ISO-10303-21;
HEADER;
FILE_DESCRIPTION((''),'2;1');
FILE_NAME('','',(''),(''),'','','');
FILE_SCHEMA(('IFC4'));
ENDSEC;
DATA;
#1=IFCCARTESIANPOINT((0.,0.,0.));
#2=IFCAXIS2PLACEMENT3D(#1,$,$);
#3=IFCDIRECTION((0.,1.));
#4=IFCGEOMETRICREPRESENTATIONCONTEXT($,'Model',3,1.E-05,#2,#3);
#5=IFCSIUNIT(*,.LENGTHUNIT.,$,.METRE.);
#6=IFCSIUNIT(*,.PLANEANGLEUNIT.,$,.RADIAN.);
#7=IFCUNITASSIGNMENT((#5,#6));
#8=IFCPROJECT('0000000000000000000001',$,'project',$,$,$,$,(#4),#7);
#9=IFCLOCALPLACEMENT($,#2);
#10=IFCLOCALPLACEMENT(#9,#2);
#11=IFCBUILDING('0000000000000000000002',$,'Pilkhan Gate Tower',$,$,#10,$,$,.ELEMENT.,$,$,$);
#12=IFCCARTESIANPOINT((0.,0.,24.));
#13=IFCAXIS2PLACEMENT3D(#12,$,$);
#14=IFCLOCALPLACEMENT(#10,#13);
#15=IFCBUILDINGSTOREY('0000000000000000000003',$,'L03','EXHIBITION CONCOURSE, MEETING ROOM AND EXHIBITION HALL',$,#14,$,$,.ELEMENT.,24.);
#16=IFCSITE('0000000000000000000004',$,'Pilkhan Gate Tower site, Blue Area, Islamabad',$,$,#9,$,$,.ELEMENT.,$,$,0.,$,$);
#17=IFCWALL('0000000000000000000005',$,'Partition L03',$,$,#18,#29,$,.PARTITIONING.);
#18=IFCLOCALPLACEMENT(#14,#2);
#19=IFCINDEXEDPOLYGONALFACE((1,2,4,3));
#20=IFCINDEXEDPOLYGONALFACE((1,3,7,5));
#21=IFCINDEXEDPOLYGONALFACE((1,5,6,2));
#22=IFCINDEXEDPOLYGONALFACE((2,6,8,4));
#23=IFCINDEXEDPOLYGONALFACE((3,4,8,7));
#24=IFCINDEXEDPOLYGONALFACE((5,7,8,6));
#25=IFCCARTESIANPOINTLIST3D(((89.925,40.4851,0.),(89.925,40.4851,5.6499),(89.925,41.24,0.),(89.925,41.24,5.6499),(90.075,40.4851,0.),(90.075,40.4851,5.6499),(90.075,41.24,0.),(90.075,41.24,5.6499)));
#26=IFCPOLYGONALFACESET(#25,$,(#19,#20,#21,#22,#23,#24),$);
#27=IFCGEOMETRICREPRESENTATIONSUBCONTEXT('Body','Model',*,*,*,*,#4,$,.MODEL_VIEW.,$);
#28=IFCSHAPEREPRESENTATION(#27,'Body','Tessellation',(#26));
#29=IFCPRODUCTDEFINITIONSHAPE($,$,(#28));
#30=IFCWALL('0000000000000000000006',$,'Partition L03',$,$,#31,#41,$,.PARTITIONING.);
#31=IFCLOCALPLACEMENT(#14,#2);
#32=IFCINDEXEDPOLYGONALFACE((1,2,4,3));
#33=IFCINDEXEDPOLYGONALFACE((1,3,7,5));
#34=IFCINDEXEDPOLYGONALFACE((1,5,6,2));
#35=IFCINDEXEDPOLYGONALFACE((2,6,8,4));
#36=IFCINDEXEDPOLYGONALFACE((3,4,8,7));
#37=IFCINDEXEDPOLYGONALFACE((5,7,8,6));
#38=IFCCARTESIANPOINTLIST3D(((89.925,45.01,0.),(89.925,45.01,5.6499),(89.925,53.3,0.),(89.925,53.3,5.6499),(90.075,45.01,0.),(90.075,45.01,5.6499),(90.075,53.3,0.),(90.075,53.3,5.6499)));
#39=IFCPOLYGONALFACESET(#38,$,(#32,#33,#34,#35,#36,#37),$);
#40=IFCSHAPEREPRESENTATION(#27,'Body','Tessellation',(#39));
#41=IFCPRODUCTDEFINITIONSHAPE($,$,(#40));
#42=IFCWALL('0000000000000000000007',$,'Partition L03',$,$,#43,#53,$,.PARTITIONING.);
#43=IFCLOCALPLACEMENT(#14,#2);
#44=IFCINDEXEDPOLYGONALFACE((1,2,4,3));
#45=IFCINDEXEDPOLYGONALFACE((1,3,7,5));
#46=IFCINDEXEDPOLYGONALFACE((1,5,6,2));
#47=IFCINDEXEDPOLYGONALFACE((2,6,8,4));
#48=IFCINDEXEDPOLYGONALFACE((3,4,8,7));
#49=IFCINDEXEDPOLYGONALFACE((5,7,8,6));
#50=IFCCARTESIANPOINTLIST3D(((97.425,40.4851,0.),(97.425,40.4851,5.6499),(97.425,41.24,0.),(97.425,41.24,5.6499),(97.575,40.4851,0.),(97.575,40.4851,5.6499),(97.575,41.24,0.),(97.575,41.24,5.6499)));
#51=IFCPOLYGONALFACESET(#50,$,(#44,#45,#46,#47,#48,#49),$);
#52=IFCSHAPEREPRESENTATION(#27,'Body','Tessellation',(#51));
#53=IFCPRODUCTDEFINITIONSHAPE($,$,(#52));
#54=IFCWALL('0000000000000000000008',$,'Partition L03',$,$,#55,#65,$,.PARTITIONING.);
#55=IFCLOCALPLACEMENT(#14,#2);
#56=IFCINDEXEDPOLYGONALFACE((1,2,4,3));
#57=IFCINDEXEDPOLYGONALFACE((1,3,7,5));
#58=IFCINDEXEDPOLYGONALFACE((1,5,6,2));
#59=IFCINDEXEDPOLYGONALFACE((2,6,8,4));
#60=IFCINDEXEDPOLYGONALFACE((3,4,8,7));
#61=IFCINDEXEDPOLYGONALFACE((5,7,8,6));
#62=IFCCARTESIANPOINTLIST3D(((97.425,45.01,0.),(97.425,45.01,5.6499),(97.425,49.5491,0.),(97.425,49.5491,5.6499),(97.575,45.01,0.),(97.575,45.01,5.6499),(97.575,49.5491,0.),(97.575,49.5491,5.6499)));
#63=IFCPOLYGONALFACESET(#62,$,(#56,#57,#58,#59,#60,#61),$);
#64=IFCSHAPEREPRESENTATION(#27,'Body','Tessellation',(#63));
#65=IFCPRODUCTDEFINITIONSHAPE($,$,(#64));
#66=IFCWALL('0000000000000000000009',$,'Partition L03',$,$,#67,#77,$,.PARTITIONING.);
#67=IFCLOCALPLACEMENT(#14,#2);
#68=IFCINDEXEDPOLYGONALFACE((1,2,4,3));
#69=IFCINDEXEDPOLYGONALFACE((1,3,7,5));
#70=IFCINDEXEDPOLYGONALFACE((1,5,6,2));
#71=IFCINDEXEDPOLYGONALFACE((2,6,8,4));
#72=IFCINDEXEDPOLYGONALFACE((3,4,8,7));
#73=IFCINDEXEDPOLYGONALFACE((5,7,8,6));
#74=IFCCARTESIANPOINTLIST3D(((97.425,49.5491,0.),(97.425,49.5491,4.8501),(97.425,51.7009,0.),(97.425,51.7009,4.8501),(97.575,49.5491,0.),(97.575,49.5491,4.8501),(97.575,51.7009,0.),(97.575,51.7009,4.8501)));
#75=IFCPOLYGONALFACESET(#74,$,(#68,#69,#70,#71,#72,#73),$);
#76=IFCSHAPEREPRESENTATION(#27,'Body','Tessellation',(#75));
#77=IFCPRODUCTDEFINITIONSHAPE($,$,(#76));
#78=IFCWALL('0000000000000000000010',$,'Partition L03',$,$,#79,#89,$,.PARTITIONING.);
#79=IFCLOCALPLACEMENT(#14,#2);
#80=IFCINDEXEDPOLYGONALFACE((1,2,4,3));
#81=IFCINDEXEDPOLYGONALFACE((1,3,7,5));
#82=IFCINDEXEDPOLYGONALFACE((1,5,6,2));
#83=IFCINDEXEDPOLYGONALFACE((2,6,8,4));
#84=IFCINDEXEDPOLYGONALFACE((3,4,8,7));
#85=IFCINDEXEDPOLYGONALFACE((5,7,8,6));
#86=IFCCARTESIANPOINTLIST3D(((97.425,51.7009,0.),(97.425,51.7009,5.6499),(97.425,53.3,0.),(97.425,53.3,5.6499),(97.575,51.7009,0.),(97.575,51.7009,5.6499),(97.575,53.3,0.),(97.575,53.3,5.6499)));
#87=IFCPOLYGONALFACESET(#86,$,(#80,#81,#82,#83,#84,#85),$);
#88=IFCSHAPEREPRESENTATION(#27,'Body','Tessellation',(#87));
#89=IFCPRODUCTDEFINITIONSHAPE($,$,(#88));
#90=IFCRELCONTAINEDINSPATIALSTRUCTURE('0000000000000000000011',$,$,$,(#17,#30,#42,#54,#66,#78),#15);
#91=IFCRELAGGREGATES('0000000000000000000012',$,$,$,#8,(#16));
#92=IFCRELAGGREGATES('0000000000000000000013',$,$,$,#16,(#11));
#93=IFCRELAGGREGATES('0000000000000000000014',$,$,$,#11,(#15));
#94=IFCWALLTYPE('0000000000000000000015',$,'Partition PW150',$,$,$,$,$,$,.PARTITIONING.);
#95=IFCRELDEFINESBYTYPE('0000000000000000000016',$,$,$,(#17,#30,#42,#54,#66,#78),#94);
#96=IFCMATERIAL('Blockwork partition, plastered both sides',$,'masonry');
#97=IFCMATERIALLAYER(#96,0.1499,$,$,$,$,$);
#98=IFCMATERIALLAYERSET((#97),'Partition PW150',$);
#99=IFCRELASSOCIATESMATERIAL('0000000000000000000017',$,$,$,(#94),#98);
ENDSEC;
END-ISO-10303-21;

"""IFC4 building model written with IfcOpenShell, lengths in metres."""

from ifc_helpers import new_model, si_unit, direction, frame, frame_2d, origin, place, context, subcontext, project, spatial, rectangle, extrude, material, layer, layer_set, type_object, element, save


model = new_model("IFC4")

# Units and contexts
model_context = context("Model", 3, precision=1e-05, world=origin(), true_north=direction((0.0, 1.0)))
body_context = subcontext(model_context, "Body", "Model", "MODEL_VIEW")
ifc_project = project(units=[si_unit("LENGTHUNIT", "METRE"), si_unit("PLANEANGLEUNIT", "RADIAN")], contexts=[model_context])

# Site, building, storey
site_placement = place(None, origin())
site = spatial("IfcSite", under=ifc_project, at=site_placement, Name="Pilkhan Gate Tower site, Blue Area, Islamabad", CompositionType="ELEMENT", RefElevation=0.0)
building_placement = place(site_placement, origin())
building = spatial("IfcBuilding", under=site, at=building_placement, Name="Pilkhan Gate Tower", CompositionType="ELEMENT")
storey_placement = place(building_placement, frame((0.0, 0.0, 24.0)))
storey = spatial("IfcBuildingStorey", under=building, at=storey_placement, Name="L03", Description="EXHIBITION CONCOURSE, MEETING ROOM AND EXHIBITION HALL", CompositionType="ELEMENT", Elevation=24.0)

# Shared definitions
ifc_material_1 = material(Name="Blockwork partition, plastered both sides", Category="masonry")
ifc_layer_1 = layer(ifc_material_1, 0.1499)
ifc_layer_set_1 = layer_set([ifc_layer_1], Name="Partition PW150")
wall_type_1 = type_object("IfcWallType", Name="Partition PW150", PredefinedType="PARTITIONING", material=ifc_layer_set_1)

# Walls
wall_1_placement = place(storey_placement, frame((90.0, 40.4851, 0.0), z_axis=(0.0, 0.0, 1.0), x_axis=(0.0, 1.0, 0.0)))
element("IfcWall", 1, at=wall_1_placement, inside=storey, type_object=wall_type_1, Name="Partition L03", PredefinedType="PARTITIONING", context=body_context, shape_type="SweptSolid", body=[
    extrude(rectangle(XDim=0.7549, YDim=0.1499, at=frame_2d((0.3774, 0.0))), origin(), (0.0, 0.0, 1.0), 5.6499),
])
wall_2_placement = place(storey_placement, frame((90.0, 45.01, 0.0), z_axis=(0.0, 0.0, 1.0), x_axis=(0.0, 1.0, 0.0)))
element("IfcWall", 2, at=wall_2_placement, inside=storey, type_object=wall_type_1, Name="Partition L03", PredefinedType="PARTITIONING", context=body_context, shape_type="SweptSolid", body=[
    extrude(rectangle(XDim=8.29, YDim=0.1499, at=frame_2d((4.145, 0.0))), origin(), (0.0, 0.0, 1.0), 5.6499),
])
wall_3_placement = place(storey_placement, frame((97.5, 40.4851, 0.0), z_axis=(0.0, 0.0, 1.0), x_axis=(0.0, 1.0, 0.0)))
element("IfcWall", 3, at=wall_3_placement, inside=storey, type_object=wall_type_1, Name="Partition L03", PredefinedType="PARTITIONING", context=body_context, shape_type="SweptSolid", body=[
    extrude(rectangle(XDim=0.7549, YDim=0.1499, at=frame_2d((0.3774, 0.0))), origin(), (0.0, 0.0, 1.0), 5.6499),
])
wall_4_placement = place(storey_placement, frame((97.5, 45.01, 0.0), z_axis=(0.0, 0.0, 1.0), x_axis=(0.0, 1.0, 0.0)))
element("IfcWall", 4, at=wall_4_placement, inside=storey, type_object=wall_type_1, Name="Partition L03", PredefinedType="PARTITIONING", context=body_context, shape_type="SweptSolid", body=[
    extrude(rectangle(XDim=4.5391, YDim=0.1499, at=frame_2d((2.2695, 0.0))), origin(), (0.0, 0.0, 1.0), 5.6499),
])
wall_5_placement = place(storey_placement, frame((97.5, 49.5491, 0.0), z_axis=(0.0, 0.0, 1.0), x_axis=(0.0, 1.0, 0.0)))
element("IfcWall", 5, at=wall_5_placement, inside=storey, type_object=wall_type_1, Name="Partition L03", PredefinedType="PARTITIONING", context=body_context, shape_type="SweptSolid", body=[
    extrude(rectangle(XDim=2.1519, YDim=0.1499, at=frame_2d((1.0759, 0.0))), origin(), (0.0, 0.0, 1.0), 4.8501),
])
wall_6_placement = place(storey_placement, frame((97.5, 51.7009, 0.0), z_axis=(0.0, 0.0, 1.0), x_axis=(0.0, 1.0, 0.0)))
element("IfcWall", 6, at=wall_6_placement, inside=storey, type_object=wall_type_1, Name="Partition L03", PredefinedType="PARTITIONING", context=body_context, shape_type="SweptSolid", body=[
    extrude(rectangle(XDim=1.5991, YDim=0.1499, at=frame_2d((0.7996, 0.0))), origin(), (0.0, 0.0, 1.0), 5.6499),
])

save(model, "model.ifc")
